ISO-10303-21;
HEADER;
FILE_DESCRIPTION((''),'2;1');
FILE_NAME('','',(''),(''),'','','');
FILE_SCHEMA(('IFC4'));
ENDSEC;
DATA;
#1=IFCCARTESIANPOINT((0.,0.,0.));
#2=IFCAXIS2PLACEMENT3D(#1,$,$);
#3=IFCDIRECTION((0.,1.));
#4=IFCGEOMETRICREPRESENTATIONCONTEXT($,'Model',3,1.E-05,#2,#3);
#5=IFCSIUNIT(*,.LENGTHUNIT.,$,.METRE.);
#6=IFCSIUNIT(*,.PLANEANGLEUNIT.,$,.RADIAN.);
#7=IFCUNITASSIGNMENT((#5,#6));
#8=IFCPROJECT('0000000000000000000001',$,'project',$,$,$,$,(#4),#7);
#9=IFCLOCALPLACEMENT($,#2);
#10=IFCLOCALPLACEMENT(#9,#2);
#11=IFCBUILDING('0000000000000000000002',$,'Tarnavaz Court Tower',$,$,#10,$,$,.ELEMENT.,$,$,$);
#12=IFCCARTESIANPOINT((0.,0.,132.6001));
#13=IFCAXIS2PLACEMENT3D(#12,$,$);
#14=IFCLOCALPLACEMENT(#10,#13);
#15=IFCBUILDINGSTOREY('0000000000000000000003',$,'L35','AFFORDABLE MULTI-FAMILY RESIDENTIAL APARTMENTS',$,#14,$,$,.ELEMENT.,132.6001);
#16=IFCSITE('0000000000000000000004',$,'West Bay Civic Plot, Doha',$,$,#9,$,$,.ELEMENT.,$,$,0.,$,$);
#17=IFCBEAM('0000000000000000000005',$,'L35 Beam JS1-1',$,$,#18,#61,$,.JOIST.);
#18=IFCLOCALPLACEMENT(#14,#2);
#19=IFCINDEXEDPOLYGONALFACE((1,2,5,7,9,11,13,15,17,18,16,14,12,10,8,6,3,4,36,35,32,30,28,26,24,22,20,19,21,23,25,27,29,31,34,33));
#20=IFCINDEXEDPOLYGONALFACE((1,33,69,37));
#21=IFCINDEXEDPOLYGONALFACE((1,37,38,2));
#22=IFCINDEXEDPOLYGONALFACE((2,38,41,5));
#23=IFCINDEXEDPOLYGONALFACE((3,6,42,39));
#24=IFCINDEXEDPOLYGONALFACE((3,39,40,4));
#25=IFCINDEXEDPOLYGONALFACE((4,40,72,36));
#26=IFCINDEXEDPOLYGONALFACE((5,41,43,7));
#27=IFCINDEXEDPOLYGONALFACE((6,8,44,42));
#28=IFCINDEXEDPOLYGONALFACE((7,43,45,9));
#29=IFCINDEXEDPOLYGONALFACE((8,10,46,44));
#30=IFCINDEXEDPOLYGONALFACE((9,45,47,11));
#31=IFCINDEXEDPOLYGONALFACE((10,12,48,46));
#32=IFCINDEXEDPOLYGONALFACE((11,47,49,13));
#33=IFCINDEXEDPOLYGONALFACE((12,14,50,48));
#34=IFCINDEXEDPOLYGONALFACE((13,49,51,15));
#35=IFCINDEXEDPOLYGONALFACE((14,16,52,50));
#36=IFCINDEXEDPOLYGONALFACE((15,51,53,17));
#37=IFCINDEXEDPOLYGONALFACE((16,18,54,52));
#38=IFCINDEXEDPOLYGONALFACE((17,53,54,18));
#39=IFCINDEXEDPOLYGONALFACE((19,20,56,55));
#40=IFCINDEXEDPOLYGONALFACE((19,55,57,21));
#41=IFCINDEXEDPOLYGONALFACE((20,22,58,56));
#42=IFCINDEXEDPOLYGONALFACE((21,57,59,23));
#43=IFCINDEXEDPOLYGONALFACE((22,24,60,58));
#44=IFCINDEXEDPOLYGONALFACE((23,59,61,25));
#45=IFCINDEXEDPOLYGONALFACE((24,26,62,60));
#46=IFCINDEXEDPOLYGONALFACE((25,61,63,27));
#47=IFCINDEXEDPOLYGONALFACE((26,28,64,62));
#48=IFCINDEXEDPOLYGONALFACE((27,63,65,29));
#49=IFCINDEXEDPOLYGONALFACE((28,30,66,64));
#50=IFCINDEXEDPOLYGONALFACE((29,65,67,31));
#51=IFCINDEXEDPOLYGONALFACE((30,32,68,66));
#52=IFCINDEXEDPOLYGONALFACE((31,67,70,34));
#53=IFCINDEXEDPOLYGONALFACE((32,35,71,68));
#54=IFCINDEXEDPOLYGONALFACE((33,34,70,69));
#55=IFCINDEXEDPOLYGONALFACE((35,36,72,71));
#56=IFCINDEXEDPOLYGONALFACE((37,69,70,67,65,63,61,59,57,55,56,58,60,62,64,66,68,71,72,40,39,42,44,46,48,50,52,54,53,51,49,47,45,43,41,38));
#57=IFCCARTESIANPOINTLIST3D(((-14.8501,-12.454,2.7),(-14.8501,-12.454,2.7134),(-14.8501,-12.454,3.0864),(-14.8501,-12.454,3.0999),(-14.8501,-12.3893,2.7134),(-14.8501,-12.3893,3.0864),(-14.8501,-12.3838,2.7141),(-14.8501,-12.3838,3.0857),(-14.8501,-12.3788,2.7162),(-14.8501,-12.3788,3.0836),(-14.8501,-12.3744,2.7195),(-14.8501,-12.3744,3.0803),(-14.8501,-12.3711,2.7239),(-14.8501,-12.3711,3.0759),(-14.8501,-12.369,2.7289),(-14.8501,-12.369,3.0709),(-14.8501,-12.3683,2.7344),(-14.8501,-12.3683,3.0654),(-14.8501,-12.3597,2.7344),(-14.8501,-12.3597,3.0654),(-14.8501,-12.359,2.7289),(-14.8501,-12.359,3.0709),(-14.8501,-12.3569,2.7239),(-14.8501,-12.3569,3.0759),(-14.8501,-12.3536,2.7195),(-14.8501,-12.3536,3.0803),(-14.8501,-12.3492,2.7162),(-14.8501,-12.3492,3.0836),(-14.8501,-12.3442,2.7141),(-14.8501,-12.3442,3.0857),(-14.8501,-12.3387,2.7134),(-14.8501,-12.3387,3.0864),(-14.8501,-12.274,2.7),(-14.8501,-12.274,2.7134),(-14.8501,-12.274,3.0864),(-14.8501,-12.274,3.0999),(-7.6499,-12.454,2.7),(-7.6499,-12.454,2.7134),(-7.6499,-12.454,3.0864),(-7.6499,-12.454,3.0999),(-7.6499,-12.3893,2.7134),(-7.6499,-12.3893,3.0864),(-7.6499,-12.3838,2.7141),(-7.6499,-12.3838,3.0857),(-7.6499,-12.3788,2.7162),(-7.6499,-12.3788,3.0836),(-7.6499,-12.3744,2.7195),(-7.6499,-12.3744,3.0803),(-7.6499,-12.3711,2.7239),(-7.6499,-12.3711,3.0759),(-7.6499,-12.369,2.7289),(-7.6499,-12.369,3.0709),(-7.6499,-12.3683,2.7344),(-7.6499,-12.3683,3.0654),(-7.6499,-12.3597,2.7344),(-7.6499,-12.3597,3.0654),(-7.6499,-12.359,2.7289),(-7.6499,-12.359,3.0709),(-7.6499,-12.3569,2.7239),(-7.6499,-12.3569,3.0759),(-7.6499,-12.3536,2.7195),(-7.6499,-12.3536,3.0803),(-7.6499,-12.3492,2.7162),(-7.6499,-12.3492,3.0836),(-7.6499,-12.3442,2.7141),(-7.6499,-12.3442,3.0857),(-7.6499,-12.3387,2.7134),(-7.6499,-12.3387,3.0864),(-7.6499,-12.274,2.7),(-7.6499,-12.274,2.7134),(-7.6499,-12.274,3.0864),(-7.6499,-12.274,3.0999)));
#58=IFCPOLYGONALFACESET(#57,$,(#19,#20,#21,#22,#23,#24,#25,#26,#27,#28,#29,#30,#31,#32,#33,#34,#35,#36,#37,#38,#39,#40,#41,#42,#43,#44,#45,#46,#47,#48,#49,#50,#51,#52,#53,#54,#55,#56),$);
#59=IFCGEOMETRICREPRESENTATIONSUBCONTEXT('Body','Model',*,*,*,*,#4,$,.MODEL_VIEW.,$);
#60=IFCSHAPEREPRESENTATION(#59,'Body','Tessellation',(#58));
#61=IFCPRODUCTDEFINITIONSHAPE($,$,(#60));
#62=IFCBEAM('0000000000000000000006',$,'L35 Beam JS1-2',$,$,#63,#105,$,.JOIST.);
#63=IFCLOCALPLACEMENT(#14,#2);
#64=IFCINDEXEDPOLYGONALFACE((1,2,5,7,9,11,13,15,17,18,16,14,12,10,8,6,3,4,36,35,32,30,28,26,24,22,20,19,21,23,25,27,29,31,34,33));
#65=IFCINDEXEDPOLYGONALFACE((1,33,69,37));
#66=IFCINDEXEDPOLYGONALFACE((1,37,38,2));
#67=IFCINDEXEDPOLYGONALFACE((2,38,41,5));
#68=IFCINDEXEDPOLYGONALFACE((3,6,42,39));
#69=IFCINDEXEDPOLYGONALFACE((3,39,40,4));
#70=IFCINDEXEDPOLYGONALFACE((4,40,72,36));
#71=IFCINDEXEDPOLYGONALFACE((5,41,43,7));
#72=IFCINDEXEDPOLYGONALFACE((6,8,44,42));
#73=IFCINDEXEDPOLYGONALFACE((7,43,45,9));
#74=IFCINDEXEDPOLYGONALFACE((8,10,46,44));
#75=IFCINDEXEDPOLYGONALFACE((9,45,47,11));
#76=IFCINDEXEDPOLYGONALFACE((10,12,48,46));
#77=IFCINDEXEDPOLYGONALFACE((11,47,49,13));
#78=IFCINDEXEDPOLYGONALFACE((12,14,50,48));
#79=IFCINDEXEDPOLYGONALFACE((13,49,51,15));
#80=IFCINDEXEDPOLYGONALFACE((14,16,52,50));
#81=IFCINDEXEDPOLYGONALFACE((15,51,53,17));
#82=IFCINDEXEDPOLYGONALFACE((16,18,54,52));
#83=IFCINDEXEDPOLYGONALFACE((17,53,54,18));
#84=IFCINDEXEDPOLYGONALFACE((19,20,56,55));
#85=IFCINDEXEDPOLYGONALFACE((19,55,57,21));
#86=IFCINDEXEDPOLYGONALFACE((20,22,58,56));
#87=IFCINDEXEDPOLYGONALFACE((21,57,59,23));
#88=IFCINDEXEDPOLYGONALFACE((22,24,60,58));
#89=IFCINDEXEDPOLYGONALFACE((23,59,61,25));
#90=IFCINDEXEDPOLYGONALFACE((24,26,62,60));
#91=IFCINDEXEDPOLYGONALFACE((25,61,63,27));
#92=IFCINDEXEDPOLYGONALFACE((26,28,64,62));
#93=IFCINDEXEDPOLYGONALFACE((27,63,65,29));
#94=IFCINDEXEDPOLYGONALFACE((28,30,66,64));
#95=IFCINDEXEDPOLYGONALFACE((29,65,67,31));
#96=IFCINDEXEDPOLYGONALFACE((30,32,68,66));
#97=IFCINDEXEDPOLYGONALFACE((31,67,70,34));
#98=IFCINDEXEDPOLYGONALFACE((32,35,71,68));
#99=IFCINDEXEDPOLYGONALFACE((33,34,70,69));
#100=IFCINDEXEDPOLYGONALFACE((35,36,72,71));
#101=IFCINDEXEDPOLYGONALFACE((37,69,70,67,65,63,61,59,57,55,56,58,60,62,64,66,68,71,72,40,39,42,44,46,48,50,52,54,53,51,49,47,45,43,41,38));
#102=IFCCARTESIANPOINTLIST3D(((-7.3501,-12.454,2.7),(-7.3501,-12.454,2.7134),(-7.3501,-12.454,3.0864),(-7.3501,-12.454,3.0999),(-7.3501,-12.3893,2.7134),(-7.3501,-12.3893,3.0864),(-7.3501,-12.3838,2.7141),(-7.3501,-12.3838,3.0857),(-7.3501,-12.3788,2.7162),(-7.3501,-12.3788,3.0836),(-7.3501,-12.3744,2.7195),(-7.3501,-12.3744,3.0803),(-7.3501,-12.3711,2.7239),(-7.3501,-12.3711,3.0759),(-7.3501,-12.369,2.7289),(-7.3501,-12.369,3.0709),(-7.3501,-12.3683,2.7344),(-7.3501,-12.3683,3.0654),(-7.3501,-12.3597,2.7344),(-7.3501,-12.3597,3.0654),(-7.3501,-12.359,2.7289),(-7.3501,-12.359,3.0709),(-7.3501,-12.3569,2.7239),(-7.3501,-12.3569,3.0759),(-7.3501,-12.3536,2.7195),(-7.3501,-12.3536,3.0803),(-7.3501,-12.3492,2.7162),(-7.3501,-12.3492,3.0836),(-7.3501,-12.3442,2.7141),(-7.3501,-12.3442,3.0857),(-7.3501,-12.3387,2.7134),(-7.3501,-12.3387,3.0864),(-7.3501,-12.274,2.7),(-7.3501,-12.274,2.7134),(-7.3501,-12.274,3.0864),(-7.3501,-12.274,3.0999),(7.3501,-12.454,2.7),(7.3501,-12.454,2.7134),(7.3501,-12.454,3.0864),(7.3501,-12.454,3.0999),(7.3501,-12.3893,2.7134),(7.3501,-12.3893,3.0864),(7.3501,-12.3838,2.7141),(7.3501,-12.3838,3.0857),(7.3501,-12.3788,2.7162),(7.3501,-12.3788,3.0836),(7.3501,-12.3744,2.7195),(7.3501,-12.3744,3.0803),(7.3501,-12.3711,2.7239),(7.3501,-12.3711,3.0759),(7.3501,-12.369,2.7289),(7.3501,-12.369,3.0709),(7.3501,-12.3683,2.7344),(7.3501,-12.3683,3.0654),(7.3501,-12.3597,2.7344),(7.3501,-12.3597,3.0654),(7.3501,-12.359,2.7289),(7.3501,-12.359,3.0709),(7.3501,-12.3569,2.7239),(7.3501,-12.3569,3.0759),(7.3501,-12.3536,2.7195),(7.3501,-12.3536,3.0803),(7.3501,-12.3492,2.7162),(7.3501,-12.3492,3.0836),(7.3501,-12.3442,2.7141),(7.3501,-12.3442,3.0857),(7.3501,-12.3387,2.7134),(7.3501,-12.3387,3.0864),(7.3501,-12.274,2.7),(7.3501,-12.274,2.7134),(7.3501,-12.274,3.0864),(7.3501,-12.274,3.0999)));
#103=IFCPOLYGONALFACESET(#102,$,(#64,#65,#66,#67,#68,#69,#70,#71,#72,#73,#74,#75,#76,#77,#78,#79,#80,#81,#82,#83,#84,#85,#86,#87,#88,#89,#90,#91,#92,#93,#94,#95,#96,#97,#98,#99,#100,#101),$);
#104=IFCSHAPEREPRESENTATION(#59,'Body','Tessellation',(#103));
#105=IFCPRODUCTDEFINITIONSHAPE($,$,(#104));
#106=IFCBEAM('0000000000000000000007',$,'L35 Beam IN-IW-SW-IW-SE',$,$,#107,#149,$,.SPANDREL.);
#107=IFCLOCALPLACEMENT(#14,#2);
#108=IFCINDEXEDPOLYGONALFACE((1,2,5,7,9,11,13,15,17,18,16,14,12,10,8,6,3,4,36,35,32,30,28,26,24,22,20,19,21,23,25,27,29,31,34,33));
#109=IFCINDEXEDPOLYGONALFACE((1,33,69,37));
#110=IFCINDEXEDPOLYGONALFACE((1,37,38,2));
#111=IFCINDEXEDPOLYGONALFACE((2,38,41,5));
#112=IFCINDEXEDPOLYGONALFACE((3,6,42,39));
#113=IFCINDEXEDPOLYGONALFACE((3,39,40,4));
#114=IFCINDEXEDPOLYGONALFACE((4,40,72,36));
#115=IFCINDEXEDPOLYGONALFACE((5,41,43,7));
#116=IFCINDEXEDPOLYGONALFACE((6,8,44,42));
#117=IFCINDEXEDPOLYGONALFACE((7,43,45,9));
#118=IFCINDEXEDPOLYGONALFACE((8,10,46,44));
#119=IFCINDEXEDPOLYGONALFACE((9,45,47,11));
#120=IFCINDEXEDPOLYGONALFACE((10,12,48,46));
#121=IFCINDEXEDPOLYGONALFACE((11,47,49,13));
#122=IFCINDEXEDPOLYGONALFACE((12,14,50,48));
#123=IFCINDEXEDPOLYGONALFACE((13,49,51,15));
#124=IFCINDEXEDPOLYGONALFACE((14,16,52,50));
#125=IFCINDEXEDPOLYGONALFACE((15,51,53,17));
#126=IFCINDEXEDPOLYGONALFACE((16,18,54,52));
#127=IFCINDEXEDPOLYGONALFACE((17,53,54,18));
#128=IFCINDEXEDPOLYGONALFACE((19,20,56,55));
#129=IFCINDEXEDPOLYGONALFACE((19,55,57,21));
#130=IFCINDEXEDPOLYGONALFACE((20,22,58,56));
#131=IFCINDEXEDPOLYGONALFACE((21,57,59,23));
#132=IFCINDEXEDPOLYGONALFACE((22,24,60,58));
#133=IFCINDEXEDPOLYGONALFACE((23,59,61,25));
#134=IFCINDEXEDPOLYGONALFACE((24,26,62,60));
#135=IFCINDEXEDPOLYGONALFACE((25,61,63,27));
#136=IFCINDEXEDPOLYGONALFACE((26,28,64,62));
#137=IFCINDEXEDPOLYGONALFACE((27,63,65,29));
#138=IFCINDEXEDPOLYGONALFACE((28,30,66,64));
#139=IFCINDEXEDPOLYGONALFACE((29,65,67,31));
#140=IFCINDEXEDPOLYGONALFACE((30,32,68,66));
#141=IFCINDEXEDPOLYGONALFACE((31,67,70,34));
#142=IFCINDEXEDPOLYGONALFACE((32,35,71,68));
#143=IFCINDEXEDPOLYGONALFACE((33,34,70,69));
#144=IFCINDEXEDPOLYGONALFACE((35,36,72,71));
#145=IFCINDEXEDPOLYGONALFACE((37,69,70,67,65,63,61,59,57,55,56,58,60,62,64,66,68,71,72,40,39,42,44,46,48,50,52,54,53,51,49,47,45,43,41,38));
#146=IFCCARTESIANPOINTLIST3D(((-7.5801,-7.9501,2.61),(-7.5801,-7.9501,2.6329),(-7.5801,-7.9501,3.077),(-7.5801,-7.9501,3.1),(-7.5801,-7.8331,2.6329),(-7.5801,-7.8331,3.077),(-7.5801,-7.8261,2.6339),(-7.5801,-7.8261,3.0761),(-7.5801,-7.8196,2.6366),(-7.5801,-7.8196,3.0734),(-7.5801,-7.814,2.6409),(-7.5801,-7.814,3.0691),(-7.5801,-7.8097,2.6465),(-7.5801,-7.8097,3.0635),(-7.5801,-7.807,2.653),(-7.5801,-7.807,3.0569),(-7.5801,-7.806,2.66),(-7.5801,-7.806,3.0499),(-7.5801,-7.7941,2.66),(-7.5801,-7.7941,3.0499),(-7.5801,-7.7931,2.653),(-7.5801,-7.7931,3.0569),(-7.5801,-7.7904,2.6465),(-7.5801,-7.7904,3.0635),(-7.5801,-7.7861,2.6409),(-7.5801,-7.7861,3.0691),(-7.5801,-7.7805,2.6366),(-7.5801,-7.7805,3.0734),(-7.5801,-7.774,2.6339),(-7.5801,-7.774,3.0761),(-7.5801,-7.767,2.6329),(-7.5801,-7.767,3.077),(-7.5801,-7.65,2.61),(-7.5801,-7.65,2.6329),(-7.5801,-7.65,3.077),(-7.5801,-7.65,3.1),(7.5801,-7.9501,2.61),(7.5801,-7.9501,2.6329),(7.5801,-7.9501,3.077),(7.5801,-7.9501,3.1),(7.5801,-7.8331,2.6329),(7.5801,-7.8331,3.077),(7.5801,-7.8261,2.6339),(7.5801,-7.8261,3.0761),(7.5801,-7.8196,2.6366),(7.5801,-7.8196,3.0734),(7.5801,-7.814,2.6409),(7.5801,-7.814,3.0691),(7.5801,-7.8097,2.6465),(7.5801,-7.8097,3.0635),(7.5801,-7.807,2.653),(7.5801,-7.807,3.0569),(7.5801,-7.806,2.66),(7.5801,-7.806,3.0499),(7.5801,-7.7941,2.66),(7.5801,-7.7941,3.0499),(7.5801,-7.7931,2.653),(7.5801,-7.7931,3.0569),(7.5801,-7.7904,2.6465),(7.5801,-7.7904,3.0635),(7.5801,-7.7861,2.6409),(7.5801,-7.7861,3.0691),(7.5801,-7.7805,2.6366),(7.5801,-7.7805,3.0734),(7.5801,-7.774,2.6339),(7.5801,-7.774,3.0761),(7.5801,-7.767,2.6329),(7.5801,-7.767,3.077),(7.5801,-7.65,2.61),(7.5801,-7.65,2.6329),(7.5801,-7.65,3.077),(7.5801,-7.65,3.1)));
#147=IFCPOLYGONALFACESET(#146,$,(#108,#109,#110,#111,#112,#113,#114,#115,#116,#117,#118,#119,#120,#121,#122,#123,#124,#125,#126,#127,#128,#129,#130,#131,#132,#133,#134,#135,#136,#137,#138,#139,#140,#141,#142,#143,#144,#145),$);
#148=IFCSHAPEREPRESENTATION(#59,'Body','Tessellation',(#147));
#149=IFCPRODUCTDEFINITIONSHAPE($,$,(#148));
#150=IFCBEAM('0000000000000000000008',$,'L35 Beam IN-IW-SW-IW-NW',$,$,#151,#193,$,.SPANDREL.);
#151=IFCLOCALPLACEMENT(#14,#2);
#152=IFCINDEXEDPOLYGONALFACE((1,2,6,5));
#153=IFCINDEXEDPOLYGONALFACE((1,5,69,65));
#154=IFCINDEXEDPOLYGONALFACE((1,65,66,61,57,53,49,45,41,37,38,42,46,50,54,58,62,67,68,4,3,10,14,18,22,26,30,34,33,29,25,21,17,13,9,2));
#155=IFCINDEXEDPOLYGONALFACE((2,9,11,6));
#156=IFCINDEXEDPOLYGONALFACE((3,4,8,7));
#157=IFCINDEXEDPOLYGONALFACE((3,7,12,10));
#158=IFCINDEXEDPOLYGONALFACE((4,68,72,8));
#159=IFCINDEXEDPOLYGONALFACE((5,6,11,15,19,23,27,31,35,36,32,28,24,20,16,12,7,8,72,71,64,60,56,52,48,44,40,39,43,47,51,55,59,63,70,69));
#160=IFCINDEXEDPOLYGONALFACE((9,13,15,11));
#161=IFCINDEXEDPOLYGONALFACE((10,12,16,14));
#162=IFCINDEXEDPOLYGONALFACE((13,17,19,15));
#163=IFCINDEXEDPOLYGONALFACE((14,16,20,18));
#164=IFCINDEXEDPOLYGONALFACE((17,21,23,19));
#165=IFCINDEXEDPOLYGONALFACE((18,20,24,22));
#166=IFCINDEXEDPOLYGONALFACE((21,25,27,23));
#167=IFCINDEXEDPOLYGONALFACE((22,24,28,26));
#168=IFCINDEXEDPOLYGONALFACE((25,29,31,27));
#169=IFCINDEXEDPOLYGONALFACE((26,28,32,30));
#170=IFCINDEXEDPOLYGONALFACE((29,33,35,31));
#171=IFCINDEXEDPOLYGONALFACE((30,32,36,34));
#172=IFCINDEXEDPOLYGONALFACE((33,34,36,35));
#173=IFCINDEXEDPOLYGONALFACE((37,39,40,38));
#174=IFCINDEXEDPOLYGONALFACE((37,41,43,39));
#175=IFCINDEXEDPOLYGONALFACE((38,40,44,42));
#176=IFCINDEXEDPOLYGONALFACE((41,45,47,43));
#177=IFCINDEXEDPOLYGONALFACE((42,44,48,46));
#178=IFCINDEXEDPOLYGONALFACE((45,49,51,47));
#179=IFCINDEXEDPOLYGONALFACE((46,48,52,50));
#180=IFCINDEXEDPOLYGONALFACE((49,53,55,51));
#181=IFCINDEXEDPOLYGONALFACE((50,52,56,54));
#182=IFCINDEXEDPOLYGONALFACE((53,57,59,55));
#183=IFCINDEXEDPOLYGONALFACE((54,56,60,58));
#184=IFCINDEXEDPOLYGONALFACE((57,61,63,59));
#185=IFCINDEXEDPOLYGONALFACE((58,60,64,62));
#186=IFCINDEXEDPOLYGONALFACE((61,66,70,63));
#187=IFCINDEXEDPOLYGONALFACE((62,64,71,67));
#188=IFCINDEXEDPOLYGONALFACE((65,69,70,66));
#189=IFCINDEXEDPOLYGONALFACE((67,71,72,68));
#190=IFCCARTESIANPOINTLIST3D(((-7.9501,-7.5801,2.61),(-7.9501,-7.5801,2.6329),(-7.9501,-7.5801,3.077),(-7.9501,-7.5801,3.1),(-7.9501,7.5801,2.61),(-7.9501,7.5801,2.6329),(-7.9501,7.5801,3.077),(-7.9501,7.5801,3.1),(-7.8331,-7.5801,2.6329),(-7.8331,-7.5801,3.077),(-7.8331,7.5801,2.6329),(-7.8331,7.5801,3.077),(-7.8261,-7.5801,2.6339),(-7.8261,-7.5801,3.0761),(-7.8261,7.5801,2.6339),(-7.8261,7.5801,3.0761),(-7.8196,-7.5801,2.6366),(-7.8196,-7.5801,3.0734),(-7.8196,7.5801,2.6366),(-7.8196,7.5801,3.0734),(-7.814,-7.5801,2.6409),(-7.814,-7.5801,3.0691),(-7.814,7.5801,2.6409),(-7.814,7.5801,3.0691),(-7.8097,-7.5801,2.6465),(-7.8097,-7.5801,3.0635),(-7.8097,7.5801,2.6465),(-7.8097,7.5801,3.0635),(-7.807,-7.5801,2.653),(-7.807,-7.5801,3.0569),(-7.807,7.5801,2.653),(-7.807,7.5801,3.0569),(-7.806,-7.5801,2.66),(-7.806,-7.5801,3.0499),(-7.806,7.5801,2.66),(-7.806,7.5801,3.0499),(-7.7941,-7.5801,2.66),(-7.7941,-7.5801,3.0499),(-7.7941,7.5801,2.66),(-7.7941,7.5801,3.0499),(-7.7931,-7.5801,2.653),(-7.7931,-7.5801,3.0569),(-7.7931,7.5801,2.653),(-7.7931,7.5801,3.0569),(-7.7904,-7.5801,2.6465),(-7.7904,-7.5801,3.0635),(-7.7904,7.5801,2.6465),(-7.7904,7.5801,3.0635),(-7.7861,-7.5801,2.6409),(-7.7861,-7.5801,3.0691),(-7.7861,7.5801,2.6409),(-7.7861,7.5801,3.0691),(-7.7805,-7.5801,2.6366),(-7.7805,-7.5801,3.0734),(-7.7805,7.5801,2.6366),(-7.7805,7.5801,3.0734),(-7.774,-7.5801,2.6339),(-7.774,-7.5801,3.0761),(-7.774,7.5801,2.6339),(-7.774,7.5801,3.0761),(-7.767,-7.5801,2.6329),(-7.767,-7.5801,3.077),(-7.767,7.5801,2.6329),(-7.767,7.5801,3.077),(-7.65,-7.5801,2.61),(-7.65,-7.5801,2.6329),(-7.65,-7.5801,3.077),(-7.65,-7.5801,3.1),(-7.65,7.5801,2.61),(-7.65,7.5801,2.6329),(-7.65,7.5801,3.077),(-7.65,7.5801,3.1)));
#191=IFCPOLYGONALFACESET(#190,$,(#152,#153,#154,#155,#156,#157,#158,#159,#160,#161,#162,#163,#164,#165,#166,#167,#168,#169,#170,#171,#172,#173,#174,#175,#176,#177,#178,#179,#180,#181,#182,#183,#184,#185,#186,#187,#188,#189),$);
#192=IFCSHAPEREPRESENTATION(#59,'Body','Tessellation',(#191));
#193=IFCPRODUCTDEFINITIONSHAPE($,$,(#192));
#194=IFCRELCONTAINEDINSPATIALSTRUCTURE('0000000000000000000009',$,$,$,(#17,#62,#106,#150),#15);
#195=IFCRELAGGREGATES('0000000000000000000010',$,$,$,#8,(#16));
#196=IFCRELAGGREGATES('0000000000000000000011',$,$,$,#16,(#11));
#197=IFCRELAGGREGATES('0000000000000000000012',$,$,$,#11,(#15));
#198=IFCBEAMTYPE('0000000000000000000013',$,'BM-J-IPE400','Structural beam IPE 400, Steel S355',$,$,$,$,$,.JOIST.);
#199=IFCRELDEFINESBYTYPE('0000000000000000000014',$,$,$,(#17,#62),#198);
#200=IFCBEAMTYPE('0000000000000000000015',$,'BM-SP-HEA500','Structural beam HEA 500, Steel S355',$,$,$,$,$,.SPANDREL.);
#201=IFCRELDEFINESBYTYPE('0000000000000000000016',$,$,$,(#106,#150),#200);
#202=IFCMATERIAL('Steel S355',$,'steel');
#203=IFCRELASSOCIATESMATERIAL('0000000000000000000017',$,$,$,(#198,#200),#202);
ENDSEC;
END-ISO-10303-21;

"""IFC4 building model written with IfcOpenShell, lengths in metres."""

from ifc_helpers import new_model, si_unit, direction, frame, origin, origin_2d, place, context, subcontext, project, spatial, i_section, extrude, material, material_profile, profile_set, type_object, element, save


model = new_model("IFC4")

# Units and contexts
model_context = context("Model", 3, precision=1e-05, world=origin(), true_north=direction((0.0, 1.0)))
body_context = subcontext(model_context, "Body", "Model", "MODEL_VIEW")
ifc_project = project(units=[si_unit("LENGTHUNIT", "METRE"), si_unit("PLANEANGLEUNIT", "RADIAN")], contexts=[model_context])

# Site, building, storey
site_placement = place(None, origin())
site = spatial("IfcSite", under=ifc_project, at=site_placement, Name="West Bay Civic Plot, Doha", CompositionType="ELEMENT", RefElevation=0.0)
building_placement = place(site_placement, origin())
building = spatial("IfcBuilding", under=site, at=building_placement, Name="Tarnavaz Court Tower", CompositionType="ELEMENT")
storey_placement = place(building_placement, frame((0.0, 0.0, 132.6001)))
storey = spatial("IfcBuildingStorey", under=building, at=storey_placement, Name="L35", Description="AFFORDABLE MULTI-FAMILY RESIDENTIAL APARTMENTS", CompositionType="ELEMENT", Elevation=132.6001)

# Beams
ifc_material_1 = material(Name="Steel S355", Category="steel")
ifc_material_profile_1 = material_profile(ifc_material_1, i_section(OverallWidth=0.1799, OverallDepth=0.3999, WebThickness=0.0085, FlangeThickness=0.0134, FilletRadius=0.021, at=origin_2d()), Name="IPE 400")
ifc_profile_set_1 = profile_set([ifc_material_profile_1], Name="Steel S355")
beam_type_1 = type_object("IfcBeamType", Name="BM-J-IPE400", Description="Structural beam IPE 400, Steel S355", PredefinedType="JOIST", material=ifc_profile_set_1)
beam_1_placement = place(storey_placement, frame((-14.8501, -12.364, 2.8999), z_axis=(1.0, 0.0, 0.0), x_axis=(0.0, 1.0, 0.0)))
element("IfcBeam", 1, at=beam_1_placement, inside=storey, type_object=beam_type_1, Name="L35 Beam JS1-1", PredefinedType="JOIST", context=body_context, shape_type="SweptSolid", body=[
    extrude(i_section(OverallWidth=0.1799, OverallDepth=0.3999, WebThickness=0.0085, FlangeThickness=0.0134, FilletRadius=0.021, at=origin_2d()), origin(), (0.0, 0.0, 1.0), 7.2002),
])
beam_2_placement = place(storey_placement, frame((-7.3501, -12.364, 2.8999), z_axis=(1.0, 0.0, 0.0), x_axis=(0.0, 1.0, 0.0)))
element("IfcBeam", 2, at=beam_2_placement, inside=storey, type_object=beam_type_1, Name="L35 Beam JS1-2", PredefinedType="JOIST", context=body_context, shape_type="SweptSolid", body=[
    extrude(i_section(OverallWidth=0.1799, OverallDepth=0.3999, WebThickness=0.0085, FlangeThickness=0.0134, FilletRadius=0.021, at=origin_2d()), origin(), (0.0, 0.0, 1.0), 14.7002),
])
ifc_material_profile_2 = material_profile(ifc_material_1, i_section(OverallWidth=0.3, OverallDepth=0.49, WebThickness=0.012, FlangeThickness=0.0229, FilletRadius=0.0271, at=origin_2d()), Name="HEA 500")
ifc_profile_set_2 = profile_set([ifc_material_profile_2], Name="Steel S355")
beam_type_2 = type_object("IfcBeamType", Name="BM-SP-HEA500", Description="Structural beam HEA 500, Steel S355", PredefinedType="SPANDREL", material=ifc_profile_set_2)
for number, where, z_axis, x_axis, name in (
    (3, (-7.5801, -7.8, 2.855), (1.0, 0.0, 0.0), (0.0, 1.0, 0.0), "L35 Beam IN-IW-SW-IW-SE"),
    (4, (-7.8, -7.5801, 2.855), (0.0, 1.0, 0.0), (-1.0, 0.0, 0.0), "L35 Beam IN-IW-SW-IW-NW"),
):
    element("IfcBeam", number, at=place(storey_placement, frame(where, z_axis=z_axis, x_axis=x_axis)), inside=storey, type_object=beam_type_2, Name=name, PredefinedType="SPANDREL", context=body_context, shape_type="SweptSolid", body=[
        extrude(i_section(OverallWidth=0.3, OverallDepth=0.49, WebThickness=0.012, FlangeThickness=0.0229, FilletRadius=0.0271, at=origin_2d()), origin(), (0.0, 0.0, 1.0), 15.1602),
    ])

save(model, "model.ifc")
